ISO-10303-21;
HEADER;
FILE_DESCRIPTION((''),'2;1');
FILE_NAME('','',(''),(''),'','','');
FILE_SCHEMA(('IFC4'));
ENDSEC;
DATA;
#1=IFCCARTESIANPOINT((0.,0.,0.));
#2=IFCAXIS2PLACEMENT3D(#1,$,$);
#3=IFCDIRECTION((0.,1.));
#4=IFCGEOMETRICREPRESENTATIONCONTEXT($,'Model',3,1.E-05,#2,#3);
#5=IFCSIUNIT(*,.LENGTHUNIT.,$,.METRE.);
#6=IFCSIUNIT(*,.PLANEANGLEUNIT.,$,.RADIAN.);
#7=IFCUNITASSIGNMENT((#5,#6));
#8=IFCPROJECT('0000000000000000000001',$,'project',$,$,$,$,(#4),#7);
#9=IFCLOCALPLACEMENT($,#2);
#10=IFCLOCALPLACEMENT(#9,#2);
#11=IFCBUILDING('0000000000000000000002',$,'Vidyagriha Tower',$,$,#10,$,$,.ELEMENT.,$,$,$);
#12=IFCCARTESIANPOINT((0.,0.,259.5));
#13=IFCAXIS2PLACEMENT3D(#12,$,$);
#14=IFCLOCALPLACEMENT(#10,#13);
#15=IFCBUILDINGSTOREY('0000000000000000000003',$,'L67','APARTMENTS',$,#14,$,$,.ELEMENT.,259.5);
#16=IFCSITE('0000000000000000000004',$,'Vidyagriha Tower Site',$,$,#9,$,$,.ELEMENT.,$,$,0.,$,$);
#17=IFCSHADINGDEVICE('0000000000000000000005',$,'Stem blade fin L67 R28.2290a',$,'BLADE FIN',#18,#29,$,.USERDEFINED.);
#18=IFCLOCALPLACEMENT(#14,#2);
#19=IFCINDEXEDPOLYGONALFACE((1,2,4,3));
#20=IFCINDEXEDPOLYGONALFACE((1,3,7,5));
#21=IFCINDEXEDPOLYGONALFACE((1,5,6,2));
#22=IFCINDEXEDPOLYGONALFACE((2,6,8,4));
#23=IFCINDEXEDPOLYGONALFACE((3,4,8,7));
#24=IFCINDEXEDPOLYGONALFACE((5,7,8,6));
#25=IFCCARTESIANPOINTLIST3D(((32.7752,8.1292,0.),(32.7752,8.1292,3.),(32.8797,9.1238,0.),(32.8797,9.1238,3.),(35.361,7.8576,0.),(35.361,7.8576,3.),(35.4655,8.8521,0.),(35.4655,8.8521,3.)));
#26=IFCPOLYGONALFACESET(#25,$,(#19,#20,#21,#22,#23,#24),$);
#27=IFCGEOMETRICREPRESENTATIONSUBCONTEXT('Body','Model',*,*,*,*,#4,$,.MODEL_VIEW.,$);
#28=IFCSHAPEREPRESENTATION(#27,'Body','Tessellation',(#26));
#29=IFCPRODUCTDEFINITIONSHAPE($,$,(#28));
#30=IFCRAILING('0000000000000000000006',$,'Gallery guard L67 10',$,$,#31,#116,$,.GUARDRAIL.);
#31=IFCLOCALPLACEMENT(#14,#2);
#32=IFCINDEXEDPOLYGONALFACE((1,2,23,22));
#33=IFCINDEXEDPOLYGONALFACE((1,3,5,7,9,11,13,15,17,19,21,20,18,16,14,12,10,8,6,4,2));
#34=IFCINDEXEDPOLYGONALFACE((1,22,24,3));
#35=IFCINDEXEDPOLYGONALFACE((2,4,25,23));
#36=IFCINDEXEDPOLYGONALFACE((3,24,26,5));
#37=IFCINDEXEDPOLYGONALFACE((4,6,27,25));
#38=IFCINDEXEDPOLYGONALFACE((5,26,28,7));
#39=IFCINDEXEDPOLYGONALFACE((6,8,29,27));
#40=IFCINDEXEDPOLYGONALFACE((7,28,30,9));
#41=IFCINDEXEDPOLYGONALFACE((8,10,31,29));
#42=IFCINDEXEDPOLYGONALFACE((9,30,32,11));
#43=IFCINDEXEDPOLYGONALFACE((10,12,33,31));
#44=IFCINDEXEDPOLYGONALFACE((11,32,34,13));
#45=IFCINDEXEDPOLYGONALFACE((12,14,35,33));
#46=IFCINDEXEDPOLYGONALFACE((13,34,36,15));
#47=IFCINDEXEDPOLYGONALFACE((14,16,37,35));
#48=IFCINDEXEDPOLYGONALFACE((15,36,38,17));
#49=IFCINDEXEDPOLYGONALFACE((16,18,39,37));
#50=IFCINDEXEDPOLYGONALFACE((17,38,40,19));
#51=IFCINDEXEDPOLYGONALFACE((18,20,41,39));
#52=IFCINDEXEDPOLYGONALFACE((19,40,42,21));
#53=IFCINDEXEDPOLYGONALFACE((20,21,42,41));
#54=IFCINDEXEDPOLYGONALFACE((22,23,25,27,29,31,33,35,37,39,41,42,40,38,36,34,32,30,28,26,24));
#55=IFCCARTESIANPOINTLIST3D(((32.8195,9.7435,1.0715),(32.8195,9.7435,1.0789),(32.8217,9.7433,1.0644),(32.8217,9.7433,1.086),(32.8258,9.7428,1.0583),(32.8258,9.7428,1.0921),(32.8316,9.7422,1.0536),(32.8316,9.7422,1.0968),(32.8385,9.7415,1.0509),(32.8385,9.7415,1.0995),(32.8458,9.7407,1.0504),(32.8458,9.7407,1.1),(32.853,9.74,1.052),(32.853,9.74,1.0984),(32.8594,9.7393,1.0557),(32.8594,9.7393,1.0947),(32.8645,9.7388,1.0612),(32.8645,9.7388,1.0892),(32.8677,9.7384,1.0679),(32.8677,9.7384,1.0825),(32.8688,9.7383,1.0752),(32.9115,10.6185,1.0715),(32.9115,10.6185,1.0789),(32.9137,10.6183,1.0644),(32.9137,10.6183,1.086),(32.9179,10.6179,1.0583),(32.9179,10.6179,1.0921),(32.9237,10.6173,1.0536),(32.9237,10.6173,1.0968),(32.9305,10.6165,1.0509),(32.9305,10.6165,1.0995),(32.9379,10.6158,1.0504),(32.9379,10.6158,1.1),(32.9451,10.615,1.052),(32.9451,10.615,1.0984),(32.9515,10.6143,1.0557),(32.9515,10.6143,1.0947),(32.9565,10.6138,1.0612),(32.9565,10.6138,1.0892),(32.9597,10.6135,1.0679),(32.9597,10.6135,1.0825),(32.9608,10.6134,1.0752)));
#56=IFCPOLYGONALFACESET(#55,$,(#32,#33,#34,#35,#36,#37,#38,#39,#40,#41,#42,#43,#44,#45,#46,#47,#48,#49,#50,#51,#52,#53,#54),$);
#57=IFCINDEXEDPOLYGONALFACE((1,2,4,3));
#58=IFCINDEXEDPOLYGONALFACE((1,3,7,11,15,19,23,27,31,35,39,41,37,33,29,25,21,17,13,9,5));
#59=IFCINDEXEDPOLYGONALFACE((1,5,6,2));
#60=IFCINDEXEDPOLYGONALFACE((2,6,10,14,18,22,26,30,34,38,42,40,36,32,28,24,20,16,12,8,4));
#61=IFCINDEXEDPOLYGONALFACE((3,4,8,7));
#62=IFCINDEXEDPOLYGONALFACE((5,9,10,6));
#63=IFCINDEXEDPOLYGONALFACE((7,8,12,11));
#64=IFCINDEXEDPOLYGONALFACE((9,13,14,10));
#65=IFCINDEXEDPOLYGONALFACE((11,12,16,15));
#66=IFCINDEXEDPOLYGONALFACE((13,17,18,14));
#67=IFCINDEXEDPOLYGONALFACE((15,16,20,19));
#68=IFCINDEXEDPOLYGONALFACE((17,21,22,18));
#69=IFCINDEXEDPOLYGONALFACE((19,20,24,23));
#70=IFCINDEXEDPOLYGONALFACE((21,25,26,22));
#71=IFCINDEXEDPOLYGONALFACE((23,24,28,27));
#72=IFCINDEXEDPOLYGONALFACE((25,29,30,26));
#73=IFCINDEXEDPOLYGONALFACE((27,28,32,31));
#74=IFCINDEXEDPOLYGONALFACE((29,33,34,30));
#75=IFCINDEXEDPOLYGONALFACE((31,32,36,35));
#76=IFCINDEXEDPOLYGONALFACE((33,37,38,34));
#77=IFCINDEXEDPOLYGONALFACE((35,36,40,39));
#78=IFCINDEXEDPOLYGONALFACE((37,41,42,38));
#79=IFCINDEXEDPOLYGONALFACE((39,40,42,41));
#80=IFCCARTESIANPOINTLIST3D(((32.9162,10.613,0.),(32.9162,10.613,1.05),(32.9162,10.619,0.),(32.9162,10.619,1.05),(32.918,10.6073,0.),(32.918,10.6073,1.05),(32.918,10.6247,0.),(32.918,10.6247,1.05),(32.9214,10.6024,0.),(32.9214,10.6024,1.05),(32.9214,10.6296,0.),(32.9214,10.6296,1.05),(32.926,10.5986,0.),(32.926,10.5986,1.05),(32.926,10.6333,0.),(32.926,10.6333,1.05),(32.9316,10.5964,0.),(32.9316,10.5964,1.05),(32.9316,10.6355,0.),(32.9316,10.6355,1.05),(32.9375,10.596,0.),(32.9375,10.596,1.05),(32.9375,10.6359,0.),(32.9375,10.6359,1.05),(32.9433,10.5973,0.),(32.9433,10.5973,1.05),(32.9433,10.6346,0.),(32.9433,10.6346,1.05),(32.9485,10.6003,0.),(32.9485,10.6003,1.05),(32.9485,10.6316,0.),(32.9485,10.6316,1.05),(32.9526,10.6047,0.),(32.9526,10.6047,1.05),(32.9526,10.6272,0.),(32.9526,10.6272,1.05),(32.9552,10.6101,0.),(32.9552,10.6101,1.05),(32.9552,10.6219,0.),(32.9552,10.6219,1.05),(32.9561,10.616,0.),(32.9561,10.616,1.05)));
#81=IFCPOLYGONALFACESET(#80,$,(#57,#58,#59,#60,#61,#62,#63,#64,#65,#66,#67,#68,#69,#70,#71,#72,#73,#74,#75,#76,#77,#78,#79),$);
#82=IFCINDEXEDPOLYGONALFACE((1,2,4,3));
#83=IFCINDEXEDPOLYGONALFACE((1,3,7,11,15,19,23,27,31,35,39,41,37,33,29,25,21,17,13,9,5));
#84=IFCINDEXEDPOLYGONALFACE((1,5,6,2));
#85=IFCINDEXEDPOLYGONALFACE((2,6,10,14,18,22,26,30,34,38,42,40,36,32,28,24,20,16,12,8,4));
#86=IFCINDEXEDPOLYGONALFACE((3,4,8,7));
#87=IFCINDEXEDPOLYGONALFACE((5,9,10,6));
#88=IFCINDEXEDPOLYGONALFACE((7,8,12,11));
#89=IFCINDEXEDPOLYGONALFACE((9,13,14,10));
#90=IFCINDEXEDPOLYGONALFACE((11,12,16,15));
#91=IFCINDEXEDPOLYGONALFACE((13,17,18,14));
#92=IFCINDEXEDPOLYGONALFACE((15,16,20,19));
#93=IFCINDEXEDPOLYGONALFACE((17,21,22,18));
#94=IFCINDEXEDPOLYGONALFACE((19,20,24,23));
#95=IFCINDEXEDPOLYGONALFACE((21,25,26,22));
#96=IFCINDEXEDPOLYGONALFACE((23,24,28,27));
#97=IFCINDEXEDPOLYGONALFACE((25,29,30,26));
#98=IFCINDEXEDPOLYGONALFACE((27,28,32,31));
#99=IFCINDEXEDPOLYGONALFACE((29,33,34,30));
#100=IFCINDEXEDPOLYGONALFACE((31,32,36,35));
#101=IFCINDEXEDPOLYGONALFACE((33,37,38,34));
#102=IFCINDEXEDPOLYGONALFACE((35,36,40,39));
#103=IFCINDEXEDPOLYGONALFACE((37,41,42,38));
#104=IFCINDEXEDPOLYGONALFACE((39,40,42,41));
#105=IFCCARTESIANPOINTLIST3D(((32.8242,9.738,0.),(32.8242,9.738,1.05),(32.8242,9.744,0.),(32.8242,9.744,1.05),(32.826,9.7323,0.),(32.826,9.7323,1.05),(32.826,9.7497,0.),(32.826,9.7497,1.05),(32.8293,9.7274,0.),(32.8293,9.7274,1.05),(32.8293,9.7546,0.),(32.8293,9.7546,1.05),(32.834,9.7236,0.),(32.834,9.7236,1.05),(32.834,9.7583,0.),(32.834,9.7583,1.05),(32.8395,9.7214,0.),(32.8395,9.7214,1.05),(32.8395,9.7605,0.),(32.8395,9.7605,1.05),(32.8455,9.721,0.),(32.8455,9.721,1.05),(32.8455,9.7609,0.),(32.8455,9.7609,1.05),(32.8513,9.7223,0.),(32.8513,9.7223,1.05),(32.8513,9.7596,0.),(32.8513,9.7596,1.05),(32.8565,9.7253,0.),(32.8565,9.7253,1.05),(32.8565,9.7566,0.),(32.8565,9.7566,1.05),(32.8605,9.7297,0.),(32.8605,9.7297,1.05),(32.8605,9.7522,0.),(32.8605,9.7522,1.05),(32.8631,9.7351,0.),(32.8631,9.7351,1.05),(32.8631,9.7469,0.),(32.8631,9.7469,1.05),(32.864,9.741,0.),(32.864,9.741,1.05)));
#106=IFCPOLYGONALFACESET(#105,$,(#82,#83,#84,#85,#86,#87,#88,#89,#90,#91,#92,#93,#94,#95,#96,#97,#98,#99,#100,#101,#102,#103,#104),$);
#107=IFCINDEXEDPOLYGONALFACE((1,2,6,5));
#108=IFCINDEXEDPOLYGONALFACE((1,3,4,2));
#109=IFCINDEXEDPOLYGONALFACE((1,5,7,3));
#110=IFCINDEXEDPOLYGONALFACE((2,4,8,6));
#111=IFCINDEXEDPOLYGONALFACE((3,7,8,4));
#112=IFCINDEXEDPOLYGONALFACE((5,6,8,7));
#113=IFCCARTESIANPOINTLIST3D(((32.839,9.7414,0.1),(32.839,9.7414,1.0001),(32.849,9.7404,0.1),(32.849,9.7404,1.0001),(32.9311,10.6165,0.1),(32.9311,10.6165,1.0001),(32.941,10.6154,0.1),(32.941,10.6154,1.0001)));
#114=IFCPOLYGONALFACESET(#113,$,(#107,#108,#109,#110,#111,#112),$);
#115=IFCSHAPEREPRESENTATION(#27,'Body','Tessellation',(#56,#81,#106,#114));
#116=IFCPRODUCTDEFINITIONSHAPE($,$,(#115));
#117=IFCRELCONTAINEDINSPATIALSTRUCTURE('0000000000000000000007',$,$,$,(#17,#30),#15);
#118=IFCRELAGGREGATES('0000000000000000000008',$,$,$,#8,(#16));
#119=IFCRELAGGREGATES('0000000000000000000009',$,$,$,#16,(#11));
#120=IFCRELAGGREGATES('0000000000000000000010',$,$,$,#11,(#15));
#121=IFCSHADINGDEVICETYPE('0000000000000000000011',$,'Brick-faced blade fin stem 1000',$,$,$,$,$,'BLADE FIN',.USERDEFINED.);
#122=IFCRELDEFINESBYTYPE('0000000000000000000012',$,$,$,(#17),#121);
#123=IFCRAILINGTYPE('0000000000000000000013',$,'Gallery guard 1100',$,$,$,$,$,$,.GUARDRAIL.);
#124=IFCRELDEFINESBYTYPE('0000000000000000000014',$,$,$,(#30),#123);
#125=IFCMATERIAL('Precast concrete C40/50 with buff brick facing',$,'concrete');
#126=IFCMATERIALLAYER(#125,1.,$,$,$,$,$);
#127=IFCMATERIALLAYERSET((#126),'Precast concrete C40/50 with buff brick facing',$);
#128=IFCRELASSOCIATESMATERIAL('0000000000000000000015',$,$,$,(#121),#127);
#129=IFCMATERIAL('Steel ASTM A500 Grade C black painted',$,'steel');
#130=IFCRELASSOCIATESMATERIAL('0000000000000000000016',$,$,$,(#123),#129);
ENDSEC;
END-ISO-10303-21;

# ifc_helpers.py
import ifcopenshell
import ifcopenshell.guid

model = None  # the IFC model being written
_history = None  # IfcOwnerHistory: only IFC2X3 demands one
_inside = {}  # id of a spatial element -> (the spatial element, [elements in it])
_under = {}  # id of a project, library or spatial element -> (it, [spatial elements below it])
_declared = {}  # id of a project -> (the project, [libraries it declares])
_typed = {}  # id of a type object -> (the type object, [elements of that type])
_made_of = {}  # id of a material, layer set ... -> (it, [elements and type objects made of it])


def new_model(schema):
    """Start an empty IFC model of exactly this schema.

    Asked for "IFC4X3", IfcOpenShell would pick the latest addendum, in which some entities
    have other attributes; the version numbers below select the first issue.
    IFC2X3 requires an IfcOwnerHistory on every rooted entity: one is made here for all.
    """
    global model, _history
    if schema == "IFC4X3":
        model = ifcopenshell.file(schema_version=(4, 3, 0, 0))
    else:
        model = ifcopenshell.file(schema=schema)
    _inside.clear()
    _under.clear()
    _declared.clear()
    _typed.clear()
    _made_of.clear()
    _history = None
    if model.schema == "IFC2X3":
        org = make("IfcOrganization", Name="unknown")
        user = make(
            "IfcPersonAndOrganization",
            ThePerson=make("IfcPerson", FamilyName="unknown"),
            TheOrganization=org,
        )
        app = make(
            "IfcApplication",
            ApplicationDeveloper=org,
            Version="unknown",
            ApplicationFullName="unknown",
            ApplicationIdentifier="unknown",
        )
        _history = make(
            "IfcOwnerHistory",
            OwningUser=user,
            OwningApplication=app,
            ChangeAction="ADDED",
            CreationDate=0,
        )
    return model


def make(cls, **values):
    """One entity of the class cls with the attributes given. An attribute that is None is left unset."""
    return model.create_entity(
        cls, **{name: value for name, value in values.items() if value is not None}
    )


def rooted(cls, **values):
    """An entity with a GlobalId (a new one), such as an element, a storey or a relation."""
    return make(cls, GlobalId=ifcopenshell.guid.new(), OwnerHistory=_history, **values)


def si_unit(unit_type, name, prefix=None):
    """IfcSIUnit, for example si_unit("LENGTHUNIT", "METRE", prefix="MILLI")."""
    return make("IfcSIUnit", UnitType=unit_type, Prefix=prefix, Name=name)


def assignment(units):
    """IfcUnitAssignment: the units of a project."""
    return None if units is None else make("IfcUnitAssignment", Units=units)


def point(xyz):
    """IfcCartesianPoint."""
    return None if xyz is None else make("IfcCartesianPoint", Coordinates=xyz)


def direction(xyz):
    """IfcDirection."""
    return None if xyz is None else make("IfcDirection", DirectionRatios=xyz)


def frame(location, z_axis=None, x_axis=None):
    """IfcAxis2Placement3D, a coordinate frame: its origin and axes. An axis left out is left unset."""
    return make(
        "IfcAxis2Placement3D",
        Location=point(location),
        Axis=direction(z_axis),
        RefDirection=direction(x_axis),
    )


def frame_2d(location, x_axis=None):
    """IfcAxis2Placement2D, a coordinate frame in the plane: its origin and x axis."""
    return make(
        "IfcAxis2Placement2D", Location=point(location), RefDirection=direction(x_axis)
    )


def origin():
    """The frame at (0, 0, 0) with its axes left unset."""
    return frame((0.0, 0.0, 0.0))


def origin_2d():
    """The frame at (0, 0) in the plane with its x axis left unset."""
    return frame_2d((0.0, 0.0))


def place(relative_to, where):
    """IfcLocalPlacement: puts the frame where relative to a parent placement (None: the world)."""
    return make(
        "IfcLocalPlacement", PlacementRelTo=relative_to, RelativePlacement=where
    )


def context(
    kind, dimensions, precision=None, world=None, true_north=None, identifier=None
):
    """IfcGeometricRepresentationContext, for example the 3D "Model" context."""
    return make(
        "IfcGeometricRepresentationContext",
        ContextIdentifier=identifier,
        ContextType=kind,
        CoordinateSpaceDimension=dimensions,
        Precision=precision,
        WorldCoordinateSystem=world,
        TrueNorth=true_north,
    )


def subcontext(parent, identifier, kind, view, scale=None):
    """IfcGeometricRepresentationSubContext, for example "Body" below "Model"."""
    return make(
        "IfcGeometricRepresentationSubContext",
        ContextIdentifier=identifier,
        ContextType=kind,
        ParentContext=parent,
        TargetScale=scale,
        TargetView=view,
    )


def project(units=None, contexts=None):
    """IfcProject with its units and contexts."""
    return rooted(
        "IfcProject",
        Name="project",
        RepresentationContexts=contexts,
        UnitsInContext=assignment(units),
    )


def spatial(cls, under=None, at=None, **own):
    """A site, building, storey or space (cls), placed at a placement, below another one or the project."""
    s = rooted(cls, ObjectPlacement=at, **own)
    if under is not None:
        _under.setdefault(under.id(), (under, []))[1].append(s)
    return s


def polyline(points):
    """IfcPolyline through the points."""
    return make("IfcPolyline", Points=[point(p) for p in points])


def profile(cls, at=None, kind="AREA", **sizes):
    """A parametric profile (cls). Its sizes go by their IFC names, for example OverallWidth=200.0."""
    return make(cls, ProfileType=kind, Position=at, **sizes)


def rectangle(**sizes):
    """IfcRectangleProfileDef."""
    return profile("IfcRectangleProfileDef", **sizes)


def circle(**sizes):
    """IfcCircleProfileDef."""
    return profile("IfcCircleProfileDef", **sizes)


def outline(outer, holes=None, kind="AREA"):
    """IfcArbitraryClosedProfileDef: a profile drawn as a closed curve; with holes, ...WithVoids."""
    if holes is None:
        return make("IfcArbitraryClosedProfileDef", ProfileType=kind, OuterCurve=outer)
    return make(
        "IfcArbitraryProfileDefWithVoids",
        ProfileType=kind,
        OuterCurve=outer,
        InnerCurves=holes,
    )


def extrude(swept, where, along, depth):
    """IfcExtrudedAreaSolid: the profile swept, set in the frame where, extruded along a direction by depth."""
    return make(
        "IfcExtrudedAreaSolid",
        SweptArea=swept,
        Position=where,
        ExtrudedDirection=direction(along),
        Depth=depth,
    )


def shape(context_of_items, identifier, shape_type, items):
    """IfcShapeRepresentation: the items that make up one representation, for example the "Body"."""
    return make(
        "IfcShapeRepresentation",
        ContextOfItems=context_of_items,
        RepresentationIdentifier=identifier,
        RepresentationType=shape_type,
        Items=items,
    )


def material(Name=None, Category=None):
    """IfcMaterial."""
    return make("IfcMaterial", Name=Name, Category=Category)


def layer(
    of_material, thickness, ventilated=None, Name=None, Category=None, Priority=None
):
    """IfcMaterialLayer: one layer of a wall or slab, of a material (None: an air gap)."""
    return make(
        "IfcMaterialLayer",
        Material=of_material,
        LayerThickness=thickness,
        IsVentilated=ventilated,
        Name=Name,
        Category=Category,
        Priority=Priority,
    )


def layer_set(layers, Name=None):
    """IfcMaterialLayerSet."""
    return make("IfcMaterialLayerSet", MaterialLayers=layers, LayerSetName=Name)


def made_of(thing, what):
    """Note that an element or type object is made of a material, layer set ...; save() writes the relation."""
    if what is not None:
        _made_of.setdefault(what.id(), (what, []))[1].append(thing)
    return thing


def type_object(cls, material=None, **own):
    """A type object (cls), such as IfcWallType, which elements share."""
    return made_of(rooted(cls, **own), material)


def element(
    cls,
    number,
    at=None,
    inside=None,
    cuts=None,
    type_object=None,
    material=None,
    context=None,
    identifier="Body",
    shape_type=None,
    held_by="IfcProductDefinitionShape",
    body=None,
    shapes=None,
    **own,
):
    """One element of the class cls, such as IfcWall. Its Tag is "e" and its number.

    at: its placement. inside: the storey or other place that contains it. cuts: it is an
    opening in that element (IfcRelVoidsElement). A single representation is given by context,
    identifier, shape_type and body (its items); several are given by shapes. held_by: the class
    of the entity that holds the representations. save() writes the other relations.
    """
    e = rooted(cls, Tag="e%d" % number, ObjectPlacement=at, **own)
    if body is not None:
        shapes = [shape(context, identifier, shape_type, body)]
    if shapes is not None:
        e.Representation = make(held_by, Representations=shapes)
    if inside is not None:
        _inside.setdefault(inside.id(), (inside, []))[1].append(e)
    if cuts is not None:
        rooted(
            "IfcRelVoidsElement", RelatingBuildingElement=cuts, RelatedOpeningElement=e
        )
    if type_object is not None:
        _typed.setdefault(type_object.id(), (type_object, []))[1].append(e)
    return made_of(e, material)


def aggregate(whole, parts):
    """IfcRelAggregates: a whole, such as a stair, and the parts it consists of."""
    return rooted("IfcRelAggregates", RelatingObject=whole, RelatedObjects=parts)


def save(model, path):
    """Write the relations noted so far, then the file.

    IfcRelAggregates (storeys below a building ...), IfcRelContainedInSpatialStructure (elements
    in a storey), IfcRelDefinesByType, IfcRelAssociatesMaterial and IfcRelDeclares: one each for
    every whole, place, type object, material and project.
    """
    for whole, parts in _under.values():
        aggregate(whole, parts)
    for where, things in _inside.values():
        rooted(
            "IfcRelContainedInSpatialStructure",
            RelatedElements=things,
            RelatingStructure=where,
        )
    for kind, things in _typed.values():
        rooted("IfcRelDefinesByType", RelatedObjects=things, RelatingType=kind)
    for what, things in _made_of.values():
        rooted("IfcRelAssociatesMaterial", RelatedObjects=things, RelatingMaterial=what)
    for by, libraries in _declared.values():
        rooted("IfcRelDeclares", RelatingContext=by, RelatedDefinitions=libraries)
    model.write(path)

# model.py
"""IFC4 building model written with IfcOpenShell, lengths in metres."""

from ifc_helpers import new_model, si_unit, direction, frame, origin, origin_2d, place, context, subcontext, project, spatial, polyline, rectangle, circle, outline, extrude, material, layer, layer_set, type_object, element, save


model = new_model("IFC4")

# Units and contexts
model_context = context("Model", 3, precision=1e-05, world=origin(), true_north=direction((0.0, 1.0)))
body_context = subcontext(model_context, "Body", "Model", "MODEL_VIEW")
ifc_project = project(units=[si_unit("LENGTHUNIT", "METRE"), si_unit("PLANEANGLEUNIT", "RADIAN")], contexts=[model_context])

# Site, building, storey
site_placement = place(None, origin())
site = spatial("IfcSite", under=ifc_project, at=site_placement, Name="Vidyagriha Tower Site", CompositionType="ELEMENT", RefElevation=0.0)
building_placement = place(site_placement, origin())
building = spatial("IfcBuilding", under=site, at=building_placement, Name="Vidyagriha Tower", CompositionType="ELEMENT")
storey_placement = place(building_placement, frame((0.0, 0.0, 259.5)))
storey = spatial("IfcBuildingStorey", under=building, at=storey_placement, Name="L67", Description="APARTMENTS", CompositionType="ELEMENT", Elevation=259.5)

# Shading device
ifc_material_1 = material(Name="Precast concrete C40/50 with buff brick facing", Category="concrete")
ifc_layer_1 = layer(ifc_material_1, 1.0)
ifc_layer_set_1 = layer_set([ifc_layer_1], Name="Precast concrete C40/50 with buff brick facing")
shading_device_type_1 = type_object("IfcShadingDeviceType", Name="Brick-faced blade fin stem 1000", ElementType="BLADE FIN", PredefinedType="USERDEFINED", material=ifc_layer_set_1)
shading_device_1_placement = place(storey_placement, frame((34.0681, 7.9934, 0.0), z_axis=(0.0, 0.0, 1.0), x_axis=(0.104481, 0.994527, 0.0)))
element("IfcShadingDevice", 1, at=shading_device_1_placement, inside=storey, type_object=shading_device_type_1, Name="Stem blade fin L67 R28.2290a", ObjectType="BLADE FIN", PredefinedType="USERDEFINED", context=body_context, shape_type="SweptSolid", body=[
    extrude(outline(polyline([(0.0, 0.0), (1.0, 0.0), (1.0, 3.0), (0.0, 3.0), (0.0, 0.0)])), frame((0.0, 1.3, 0.0), z_axis=(0.0, -1.0, 0.0), x_axis=(1.0, 0.0, 0.0)), (0.0, 0.0, 1.0), 2.6001),
])

# Railing
ifc_material_2 = material(Name="Steel ASTM A500 Grade C black painted", Category="steel")
railing_type_1 = type_object("IfcRailingType", Name="Gallery guard 1100", PredefinedType="GUARDRAIL", material=ifc_material_2)
railing_1_placement = place(storey_placement, frame((32.936, 10.616, 0.0)))
element("IfcRailing", 2, at=railing_1_placement, inside=storey, type_object=railing_type_1, Name="Gallery guard L67 10", PredefinedType="GUARDRAIL", context=body_context, shape_type="SweptSolid", body=[
    extrude(circle(Radius=0.0249, at=origin_2d()), frame((0.0, 0.0, 1.0752), z_axis=(-0.104613, -0.994513, 0.0), x_axis=(0.994513, -0.104613, 0.0)), (0.0, 0.0, 1.0), 0.8799),
    extrude(circle(Radius=0.02, at=origin_2d()), origin(), (0.0, 0.0, 1.0), 1.05),
    extrude(circle(Radius=0.02, at=origin_2d()), frame((-0.092, -0.875, 0.0)), (0.0, 0.0, 1.0), 1.05),
    extrude(rectangle(XDim=0.01, YDim=0.9001, at=origin_2d()), frame((0.0, 0.0, 0.55), z_axis=(-0.104613, -0.994513, 0.0), x_axis=(0.994513, -0.104613, 0.0)), (0.0, 0.0, 1.0), 0.8799),
])

save(model, "model.ifc")
